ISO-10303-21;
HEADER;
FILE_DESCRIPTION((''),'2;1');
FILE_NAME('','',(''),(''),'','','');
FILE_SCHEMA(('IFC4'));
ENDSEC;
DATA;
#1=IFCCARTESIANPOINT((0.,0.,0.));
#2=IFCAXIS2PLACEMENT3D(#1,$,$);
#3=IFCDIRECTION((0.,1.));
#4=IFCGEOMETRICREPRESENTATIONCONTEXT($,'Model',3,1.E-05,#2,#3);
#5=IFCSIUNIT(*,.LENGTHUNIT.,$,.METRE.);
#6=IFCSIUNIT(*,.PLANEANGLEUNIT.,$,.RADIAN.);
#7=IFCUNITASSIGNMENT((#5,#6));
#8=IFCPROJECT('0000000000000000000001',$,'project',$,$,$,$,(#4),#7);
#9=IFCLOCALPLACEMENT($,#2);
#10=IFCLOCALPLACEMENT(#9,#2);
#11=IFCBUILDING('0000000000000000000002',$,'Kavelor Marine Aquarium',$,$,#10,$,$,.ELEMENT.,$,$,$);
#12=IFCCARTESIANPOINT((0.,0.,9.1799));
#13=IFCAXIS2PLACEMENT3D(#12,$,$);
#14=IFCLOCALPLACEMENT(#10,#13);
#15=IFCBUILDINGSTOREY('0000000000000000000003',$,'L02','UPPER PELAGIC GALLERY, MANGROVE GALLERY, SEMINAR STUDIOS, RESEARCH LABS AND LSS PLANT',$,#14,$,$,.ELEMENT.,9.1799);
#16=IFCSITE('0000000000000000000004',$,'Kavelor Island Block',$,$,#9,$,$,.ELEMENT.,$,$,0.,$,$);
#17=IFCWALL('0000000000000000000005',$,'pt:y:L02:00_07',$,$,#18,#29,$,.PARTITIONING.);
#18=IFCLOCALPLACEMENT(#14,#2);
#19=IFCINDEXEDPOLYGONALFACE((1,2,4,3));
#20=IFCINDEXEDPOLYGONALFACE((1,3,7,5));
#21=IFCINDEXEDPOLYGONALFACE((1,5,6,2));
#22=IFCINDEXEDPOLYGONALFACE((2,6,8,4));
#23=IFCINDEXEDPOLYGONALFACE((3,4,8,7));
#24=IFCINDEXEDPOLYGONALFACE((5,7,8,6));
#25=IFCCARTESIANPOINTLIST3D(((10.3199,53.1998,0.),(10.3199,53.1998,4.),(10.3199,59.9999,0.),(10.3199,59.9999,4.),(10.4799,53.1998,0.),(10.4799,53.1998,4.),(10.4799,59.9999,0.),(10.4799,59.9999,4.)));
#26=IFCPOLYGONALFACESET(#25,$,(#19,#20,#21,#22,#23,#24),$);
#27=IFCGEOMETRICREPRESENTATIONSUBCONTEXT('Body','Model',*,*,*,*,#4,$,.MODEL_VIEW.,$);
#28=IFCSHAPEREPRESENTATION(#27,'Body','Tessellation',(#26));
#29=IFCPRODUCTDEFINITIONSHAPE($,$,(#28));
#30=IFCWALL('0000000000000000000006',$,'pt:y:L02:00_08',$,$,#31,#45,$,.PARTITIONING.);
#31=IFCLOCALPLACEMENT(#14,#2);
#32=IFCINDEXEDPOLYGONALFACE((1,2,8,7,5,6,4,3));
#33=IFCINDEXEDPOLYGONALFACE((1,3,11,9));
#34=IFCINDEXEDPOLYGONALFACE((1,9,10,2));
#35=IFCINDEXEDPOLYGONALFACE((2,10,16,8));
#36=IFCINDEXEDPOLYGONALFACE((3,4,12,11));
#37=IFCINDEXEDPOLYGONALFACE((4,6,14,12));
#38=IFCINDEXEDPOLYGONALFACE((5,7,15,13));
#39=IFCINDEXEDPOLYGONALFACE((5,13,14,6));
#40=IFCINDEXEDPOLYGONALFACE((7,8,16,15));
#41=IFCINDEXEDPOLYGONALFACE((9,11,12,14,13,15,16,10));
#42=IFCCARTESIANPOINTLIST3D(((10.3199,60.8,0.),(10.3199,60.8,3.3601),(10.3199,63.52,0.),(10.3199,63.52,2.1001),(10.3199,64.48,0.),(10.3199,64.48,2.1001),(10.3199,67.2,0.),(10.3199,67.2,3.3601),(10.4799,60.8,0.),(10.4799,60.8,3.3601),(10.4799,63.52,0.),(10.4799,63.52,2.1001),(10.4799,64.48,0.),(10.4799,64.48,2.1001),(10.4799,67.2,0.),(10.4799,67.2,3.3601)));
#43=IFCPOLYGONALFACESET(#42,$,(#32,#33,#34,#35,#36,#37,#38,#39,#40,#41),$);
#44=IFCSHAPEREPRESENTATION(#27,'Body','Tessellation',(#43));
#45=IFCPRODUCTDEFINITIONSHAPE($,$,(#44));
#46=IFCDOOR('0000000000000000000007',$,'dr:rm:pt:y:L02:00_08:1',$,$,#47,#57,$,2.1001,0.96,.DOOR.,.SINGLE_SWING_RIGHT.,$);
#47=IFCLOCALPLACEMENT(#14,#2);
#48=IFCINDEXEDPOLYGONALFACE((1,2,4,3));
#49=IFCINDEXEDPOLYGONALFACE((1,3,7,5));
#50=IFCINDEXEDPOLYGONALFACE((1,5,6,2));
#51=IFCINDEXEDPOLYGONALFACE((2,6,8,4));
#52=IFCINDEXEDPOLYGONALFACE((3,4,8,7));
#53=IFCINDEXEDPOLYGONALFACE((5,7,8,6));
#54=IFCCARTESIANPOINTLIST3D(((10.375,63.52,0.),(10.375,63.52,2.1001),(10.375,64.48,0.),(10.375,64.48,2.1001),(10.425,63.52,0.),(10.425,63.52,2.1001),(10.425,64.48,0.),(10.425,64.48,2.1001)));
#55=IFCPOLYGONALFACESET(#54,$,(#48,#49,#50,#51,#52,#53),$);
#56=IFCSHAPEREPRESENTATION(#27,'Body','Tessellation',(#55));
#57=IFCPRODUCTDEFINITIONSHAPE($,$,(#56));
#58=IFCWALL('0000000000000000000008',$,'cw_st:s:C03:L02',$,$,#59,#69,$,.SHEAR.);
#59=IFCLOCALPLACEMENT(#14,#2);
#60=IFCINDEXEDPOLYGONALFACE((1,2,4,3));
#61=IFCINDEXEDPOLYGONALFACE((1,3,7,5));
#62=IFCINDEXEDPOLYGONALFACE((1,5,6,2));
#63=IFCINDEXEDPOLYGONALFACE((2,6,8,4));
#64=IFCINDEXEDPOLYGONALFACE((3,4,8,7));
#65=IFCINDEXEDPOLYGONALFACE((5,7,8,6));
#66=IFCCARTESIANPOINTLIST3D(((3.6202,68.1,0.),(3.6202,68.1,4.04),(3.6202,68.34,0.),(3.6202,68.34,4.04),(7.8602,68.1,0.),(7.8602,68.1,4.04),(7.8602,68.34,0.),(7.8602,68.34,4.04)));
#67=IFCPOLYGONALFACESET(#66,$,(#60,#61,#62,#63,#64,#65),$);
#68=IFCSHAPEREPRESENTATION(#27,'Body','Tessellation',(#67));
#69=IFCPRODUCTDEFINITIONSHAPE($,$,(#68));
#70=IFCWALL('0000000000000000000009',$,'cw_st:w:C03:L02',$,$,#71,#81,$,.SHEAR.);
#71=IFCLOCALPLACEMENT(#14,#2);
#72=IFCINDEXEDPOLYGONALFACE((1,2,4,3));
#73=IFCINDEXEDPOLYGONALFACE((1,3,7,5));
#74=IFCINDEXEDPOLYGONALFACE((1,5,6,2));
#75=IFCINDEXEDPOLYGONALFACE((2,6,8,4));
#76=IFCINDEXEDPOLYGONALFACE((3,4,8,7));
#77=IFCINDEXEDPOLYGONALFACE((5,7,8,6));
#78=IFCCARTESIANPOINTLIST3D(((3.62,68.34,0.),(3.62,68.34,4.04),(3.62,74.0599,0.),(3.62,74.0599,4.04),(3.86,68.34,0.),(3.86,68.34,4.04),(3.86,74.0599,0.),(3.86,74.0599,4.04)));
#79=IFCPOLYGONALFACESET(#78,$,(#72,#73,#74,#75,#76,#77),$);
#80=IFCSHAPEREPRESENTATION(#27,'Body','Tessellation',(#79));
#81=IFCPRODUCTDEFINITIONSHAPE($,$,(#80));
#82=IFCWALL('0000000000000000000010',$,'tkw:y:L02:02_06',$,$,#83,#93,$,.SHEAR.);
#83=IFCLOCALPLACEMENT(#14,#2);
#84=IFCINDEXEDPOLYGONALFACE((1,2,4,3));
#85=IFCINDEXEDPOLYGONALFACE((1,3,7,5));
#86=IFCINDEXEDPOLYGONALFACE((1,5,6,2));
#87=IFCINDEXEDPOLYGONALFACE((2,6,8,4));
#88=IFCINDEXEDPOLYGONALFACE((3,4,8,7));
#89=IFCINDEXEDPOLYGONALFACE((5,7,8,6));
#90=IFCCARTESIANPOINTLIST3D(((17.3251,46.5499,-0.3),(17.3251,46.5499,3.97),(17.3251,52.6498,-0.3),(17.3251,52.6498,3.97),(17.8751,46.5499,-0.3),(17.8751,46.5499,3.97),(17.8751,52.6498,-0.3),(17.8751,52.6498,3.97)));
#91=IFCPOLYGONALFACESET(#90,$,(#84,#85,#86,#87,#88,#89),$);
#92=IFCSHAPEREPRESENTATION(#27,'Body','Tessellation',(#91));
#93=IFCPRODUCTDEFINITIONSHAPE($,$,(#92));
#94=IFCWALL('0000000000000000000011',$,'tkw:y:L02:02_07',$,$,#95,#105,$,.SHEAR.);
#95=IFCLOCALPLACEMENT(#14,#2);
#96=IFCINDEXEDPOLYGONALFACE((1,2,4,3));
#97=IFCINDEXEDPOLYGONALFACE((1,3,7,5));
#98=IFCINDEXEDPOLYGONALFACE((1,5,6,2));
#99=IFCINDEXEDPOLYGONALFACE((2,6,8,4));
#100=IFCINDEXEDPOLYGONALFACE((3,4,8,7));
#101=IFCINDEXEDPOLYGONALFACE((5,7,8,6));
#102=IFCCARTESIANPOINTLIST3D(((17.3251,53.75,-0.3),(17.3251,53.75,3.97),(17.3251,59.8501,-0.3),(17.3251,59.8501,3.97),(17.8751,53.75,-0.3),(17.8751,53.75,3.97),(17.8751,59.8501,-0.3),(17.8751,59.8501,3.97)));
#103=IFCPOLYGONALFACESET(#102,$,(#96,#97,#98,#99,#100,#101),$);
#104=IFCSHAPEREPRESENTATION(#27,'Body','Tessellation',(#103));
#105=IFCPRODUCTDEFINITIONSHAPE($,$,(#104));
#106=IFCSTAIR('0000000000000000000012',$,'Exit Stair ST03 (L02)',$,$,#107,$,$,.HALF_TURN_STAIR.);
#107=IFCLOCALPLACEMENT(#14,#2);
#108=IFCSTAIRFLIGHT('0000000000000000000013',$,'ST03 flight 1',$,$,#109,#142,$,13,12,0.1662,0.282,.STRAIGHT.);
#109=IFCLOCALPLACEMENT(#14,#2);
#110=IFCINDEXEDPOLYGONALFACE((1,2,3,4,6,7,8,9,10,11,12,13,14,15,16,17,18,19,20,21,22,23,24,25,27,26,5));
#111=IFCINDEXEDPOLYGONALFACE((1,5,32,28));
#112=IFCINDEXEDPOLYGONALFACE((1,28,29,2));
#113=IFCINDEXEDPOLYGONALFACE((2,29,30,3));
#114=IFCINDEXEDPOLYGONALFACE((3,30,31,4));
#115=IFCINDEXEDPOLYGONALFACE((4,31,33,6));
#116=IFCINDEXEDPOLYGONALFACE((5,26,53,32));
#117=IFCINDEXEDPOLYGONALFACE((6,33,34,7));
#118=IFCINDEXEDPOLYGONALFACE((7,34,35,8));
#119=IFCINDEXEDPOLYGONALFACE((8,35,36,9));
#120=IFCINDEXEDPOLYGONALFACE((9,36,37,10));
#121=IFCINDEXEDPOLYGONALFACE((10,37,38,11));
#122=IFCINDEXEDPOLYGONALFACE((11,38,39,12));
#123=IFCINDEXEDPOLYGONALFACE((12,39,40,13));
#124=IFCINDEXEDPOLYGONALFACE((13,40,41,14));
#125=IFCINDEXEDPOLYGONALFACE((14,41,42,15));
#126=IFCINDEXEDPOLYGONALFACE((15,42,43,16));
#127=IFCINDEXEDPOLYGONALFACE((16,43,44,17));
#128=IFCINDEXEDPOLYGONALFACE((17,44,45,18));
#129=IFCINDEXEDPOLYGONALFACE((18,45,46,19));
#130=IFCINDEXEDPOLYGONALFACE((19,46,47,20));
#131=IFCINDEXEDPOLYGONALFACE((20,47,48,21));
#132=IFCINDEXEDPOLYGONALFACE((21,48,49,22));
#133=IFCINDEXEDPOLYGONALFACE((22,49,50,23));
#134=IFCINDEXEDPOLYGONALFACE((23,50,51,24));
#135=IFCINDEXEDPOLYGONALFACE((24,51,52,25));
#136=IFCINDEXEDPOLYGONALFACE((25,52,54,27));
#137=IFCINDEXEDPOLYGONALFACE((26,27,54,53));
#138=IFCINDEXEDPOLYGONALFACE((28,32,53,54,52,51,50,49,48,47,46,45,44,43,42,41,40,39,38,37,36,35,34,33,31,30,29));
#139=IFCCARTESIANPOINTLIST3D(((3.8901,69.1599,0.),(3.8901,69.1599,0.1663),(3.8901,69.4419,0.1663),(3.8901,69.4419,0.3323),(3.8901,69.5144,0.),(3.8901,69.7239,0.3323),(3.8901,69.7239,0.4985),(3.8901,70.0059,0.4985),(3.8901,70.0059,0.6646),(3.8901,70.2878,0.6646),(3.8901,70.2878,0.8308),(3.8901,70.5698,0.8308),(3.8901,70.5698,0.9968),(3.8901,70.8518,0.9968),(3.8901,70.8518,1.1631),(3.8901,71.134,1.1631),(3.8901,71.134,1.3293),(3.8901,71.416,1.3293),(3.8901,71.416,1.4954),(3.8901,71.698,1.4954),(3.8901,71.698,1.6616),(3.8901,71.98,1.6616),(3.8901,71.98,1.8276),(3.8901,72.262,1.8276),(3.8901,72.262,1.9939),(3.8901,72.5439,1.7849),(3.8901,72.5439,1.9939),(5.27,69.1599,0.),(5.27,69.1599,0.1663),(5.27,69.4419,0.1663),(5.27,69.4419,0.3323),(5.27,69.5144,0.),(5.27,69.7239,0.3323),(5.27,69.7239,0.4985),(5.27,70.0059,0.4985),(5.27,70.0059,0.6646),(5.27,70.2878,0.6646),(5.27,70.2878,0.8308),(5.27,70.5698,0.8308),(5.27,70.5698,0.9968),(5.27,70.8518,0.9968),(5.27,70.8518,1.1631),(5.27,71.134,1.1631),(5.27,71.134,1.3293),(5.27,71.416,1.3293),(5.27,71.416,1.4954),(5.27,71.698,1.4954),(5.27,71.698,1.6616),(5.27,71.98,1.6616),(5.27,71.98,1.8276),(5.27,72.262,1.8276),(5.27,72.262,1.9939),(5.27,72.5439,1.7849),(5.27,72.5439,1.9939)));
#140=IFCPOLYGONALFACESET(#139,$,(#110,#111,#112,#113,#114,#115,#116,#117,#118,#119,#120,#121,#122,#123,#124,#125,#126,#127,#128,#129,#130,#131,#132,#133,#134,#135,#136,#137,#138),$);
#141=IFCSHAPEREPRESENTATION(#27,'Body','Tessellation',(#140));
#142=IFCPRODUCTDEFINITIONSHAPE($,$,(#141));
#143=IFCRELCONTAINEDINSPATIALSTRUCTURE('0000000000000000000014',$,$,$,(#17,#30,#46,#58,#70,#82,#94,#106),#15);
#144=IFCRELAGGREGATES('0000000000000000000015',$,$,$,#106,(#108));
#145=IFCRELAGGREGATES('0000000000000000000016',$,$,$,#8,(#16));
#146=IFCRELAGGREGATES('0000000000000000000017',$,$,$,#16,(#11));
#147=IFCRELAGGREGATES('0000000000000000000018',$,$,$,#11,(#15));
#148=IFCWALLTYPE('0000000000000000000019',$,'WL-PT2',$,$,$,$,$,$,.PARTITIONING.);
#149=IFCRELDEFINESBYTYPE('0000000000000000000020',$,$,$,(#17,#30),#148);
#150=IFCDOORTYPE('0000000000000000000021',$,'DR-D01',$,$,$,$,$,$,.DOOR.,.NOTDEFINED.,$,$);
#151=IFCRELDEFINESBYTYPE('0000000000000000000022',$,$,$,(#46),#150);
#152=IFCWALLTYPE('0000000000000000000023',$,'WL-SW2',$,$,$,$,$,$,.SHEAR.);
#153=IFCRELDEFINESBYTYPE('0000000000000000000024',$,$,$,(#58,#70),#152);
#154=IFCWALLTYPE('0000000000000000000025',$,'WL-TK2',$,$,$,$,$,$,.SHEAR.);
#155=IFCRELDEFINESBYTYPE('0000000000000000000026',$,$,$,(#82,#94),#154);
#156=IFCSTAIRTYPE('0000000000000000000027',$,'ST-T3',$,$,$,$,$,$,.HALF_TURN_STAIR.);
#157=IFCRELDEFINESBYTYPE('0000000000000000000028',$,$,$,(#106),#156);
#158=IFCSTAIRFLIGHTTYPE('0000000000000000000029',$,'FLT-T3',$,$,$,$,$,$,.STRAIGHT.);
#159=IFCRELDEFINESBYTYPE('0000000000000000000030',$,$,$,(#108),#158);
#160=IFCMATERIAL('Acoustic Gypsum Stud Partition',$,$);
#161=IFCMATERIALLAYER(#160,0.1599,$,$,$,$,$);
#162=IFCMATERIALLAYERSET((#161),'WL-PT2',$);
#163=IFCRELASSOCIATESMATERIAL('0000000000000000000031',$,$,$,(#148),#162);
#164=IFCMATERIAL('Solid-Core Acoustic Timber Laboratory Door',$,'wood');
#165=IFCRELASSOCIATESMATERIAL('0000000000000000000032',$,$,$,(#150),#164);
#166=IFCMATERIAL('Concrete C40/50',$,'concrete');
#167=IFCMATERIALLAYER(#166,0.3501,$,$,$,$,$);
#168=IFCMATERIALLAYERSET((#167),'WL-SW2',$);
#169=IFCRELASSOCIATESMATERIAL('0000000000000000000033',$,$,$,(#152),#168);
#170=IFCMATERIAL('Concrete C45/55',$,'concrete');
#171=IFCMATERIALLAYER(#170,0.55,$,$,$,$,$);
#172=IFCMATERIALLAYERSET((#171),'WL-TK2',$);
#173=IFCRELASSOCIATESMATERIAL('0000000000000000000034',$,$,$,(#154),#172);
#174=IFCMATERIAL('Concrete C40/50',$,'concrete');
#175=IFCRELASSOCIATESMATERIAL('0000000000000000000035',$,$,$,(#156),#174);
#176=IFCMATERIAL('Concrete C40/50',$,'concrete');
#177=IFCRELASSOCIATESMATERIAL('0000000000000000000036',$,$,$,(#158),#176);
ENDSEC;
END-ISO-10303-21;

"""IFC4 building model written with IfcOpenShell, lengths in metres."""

from ifc_helpers import new_model, si_unit, direction, frame, frame_2d, origin, place, context, subcontext, project, spatial, polyline, rectangle, outline, extrude, material, layer, layer_set, type_object, element, fill, aggregate, save


model = new_model("IFC4")

# Units and contexts
model_context = context("Model", 3, precision=1e-05, world=origin(), true_north=direction((0.0, 1.0)))
body_context = subcontext(model_context, "Body", "Model", "MODEL_VIEW")
ifc_project = project(units=[si_unit("LENGTHUNIT", "METRE"), si_unit("PLANEANGLEUNIT", "RADIAN")], contexts=[model_context])

# Site, building, storey
site_placement = place(None, origin())
site = spatial("IfcSite", under=ifc_project, at=site_placement, Name="Kavelor Island Block", CompositionType="ELEMENT", RefElevation=0.0)
building_placement = place(site_placement, origin())
building = spatial("IfcBuilding", under=site, at=building_placement, Name="Kavelor Marine Aquarium", CompositionType="ELEMENT")
storey_placement = place(building_placement, frame((0.0, 0.0, 9.1799)))
storey = spatial("IfcBuildingStorey", under=building, at=storey_placement, Name="L02", Description="UPPER PELAGIC GALLERY, MANGROVE GALLERY, SEMINAR STUDIOS, RESEARCH LABS AND LSS PLANT", CompositionType="ELEMENT", Elevation=9.1799)

# Wall
ifc_material_1 = material(Name="Acoustic Gypsum Stud Partition")
ifc_layer_1 = layer(ifc_material_1, 0.1599)
ifc_layer_set_1 = layer_set([ifc_layer_1], Name="WL-PT2")
wall_type_1 = type_object("IfcWallType", Name="WL-PT2", PredefinedType="PARTITIONING", material=ifc_layer_set_1)
wall_1_placement = place(storey_placement, frame((10.3999, 53.2, 0.0), z_axis=(0.0, 0.0, 1.0), x_axis=(0.0, 1.0, 0.0)))
element("IfcWall", 1, at=wall_1_placement, inside=storey, type_object=wall_type_1, Name="pt:y:L02:00_07", PredefinedType="PARTITIONING", context=body_context, shape_type="SweptSolid", body=[
    extrude(rectangle(XDim=6.8, YDim=0.1599, at=frame_2d((3.3999, 0.0))), origin(), (0.0, 0.0, 1.0), 4.0),
])

# Wall, opening, door
wall_2_placement = place(storey_placement, frame((10.3999, 60.8, 0.0), z_axis=(0.0, 0.0, 1.0), x_axis=(0.0, 1.0, 0.0)))
wall_2 = element("IfcWall", 2, at=wall_2_placement, inside=storey, type_object=wall_type_1, Name="pt:y:L02:00_08", PredefinedType="PARTITIONING", context=body_context, shape_type="SweptSolid", body=[
    extrude(rectangle(XDim=6.3999, YDim=0.1599, at=frame_2d((3.2, 0.0))), origin(), (0.0, 0.0, 1.0), 3.3601),
])
opening_1_placement = place(wall_2_placement, frame((2.72, 0.0, 0.0)))
opening_1 = element("IfcOpeningElement", 3, at=opening_1_placement, cuts=wall_2, PredefinedType="OPENING", context=body_context, shape_type="SweptSolid", body=[
    extrude(rectangle(XDim=0.96, YDim=2.1001, at=frame_2d((0.48, 1.05))), frame((0.0, 0.0898, 0.0), z_axis=(0.0, -1.0, 0.0), x_axis=(1.0, 0.0, 0.0)), (0.0, 0.0, 1.0), 0.1799),
])
ifc_material_2 = material(Name="Solid-Core Acoustic Timber Laboratory Door", Category="wood")
door_type_1 = type_object("IfcDoorType", Name="DR-D01", OperationType="NOTDEFINED", PredefinedType="DOOR", material=ifc_material_2)
door_1_placement = place(opening_1_placement, origin())
door_1 = element("IfcDoor", 4, at=door_1_placement, inside=storey, type_object=door_type_1, Name="dr:rm:pt:y:L02:00_08:1", OperationType="SINGLE_SWING_RIGHT", OverallHeight=2.1001, OverallWidth=0.96, PredefinedType="DOOR", context=body_context, shape_type="SweptSolid", body=[
    extrude(rectangle(XDim=0.96, YDim=2.1001, at=frame_2d((0.48, 1.05))), frame((0.0, 0.0249, 0.0), z_axis=(0.0, -1.0, 0.0), x_axis=(1.0, 0.0, 0.0)), (0.0, 0.0, 1.0), 0.05),
])
fill(opening_1, door_1)

# Walls
ifc_material_3 = material(Name="Concrete C40/50", Category="concrete")
ifc_layer_2 = layer(ifc_material_3, 0.3501)
ifc_layer_set_2 = layer_set([ifc_layer_2], Name="WL-SW2")
wall_type_2 = type_object("IfcWallType", Name="WL-SW2", PredefinedType="SHEAR", material=ifc_layer_set_2)
wall_3_placement = place(storey_placement, frame((3.6201, 68.22, 0.0), z_axis=(0.0, 0.0, 1.0), x_axis=(1.0, 0.0, 0.0)))
element("IfcWall", 5, at=wall_3_placement, inside=storey, type_object=wall_type_2, Name="cw_st:s:C03:L02", PredefinedType="SHEAR", context=body_context, shape_type="SweptSolid", body=[
    extrude(rectangle(XDim=4.24, YDim=0.24, at=frame_2d((2.1201, 0.0))), origin(), (0.0, 0.0, 1.0), 4.04),
])
wall_4_placement = place(storey_placement, frame((3.74, 68.3401, 0.0), z_axis=(0.0, 0.0, 1.0), x_axis=(0.0, 1.0, 0.0)))
element("IfcWall", 6, at=wall_4_placement, inside=storey, type_object=wall_type_2, Name="cw_st:w:C03:L02", PredefinedType="SHEAR", context=body_context, shape_type="SweptSolid", body=[
    extrude(rectangle(XDim=5.72, YDim=0.24, at=frame_2d((2.8599, 0.0))), origin(), (0.0, 0.0, 1.0), 4.04),
])

# Walls
ifc_material_4 = material(Name="Concrete C45/55", Category="concrete")
ifc_layer_3 = layer(ifc_material_4, 0.55)
ifc_layer_set_3 = layer_set([ifc_layer_3], Name="WL-TK2")
wall_type_3 = type_object("IfcWallType", Name="WL-TK2", PredefinedType="SHEAR", material=ifc_layer_set_3)
wall_5_placement = place(storey_placement, frame((17.6001, 46.55, -0.3), z_axis=(0.0, 0.0, 1.0), x_axis=(0.0, 1.0, 0.0)))
element("IfcWall", 7, at=wall_5_placement, inside=storey, type_object=wall_type_3, Name="tkw:y:L02:02_06", PredefinedType="SHEAR", context=body_context, shape_type="SweptSolid", body=[
    extrude(rectangle(XDim=6.0999, YDim=0.55, at=frame_2d((3.0498, 0.0))), origin(), (0.0, 0.0, 1.0), 4.27),
])
wall_6_placement = place(storey_placement, frame((17.6001, 53.75, -0.3), z_axis=(0.0, 0.0, 1.0), x_axis=(0.0, 1.0, 0.0)))
element("IfcWall", 8, at=wall_6_placement, inside=storey, type_object=wall_type_3, Name="tkw:y:L02:02_07", PredefinedType="SHEAR", context=body_context, shape_type="SweptSolid", body=[
    extrude(rectangle(XDim=6.1001, YDim=0.55, at=frame_2d((3.05, 0.0))), origin(), (0.0, 0.0, 1.0), 4.27),
])

# Stair, stair flight
ifc_material_5 = material(Name="Concrete C40/50", Category="concrete")
stair_type = type_object("IfcStairType", Name="ST-T3", PredefinedType="HALF_TURN_STAIR", material=ifc_material_5)
stair_placement = place(storey_placement, origin())
stair = element("IfcStair", 9, at=stair_placement, inside=storey, type_object=stair_type, Name="Exit Stair ST03 (L02)", PredefinedType="HALF_TURN_STAIR")
ifc_material_6 = material(Name="Concrete C40/50", Category="concrete")
stair_flight_type = type_object("IfcStairFlightType", Name="FLT-T3", PredefinedType="STRAIGHT", material=ifc_material_6)
stair_flight_placement = place(storey_placement, frame((4.5801, 69.1599, 0.0), z_axis=(0.0, 0.0, 1.0), x_axis=(0.0, 1.0, 0.0)))
stair_flight = element("IfcStairFlight", 10, at=stair_flight_placement, type_object=stair_flight_type, Name="ST03 flight 1", NumberOfRisers=13, NumberOfTreads=12, PredefinedType="STRAIGHT", RiserHeight=0.1662, TreadLength=0.282, context=body_context, shape_type="SweptSolid", body=[
    extrude(outline(polyline([(0.0, 0.0), (0.0, 0.1663), (0.282, 0.1663), (0.282, 0.3323), (0.564, 0.3323), (0.564, 0.4985), (0.8459, 0.4985), (0.8459, 0.6646), (1.1279, 0.6646), (1.1279, 0.8308), (1.4099, 0.8308), (1.4099, 0.9968), (1.6919, 0.9968), (1.6919, 1.1631), (1.9741, 1.1631), (1.9741, 1.3293), (2.2561, 1.3293), (2.2561, 1.4954), (2.5381, 1.4954), (2.5381, 1.6616), (2.8201, 1.6616), (2.8201, 1.8276), (3.1021, 1.8276), (3.1021, 1.9939), (3.384, 1.9939), (3.384, 2.1599), (3.384, 1.7849), (0.3545, 0.0), (0.0, 0.0)])), frame((0.0, 0.6899, 0.0), z_axis=(0.0, -1.0, 0.0), x_axis=(1.0, 0.0, 0.0)), (0.0, 0.0, 1.0), 1.3799),
])
aggregate(stair, [stair_flight])

save(model, "model.ifc")
